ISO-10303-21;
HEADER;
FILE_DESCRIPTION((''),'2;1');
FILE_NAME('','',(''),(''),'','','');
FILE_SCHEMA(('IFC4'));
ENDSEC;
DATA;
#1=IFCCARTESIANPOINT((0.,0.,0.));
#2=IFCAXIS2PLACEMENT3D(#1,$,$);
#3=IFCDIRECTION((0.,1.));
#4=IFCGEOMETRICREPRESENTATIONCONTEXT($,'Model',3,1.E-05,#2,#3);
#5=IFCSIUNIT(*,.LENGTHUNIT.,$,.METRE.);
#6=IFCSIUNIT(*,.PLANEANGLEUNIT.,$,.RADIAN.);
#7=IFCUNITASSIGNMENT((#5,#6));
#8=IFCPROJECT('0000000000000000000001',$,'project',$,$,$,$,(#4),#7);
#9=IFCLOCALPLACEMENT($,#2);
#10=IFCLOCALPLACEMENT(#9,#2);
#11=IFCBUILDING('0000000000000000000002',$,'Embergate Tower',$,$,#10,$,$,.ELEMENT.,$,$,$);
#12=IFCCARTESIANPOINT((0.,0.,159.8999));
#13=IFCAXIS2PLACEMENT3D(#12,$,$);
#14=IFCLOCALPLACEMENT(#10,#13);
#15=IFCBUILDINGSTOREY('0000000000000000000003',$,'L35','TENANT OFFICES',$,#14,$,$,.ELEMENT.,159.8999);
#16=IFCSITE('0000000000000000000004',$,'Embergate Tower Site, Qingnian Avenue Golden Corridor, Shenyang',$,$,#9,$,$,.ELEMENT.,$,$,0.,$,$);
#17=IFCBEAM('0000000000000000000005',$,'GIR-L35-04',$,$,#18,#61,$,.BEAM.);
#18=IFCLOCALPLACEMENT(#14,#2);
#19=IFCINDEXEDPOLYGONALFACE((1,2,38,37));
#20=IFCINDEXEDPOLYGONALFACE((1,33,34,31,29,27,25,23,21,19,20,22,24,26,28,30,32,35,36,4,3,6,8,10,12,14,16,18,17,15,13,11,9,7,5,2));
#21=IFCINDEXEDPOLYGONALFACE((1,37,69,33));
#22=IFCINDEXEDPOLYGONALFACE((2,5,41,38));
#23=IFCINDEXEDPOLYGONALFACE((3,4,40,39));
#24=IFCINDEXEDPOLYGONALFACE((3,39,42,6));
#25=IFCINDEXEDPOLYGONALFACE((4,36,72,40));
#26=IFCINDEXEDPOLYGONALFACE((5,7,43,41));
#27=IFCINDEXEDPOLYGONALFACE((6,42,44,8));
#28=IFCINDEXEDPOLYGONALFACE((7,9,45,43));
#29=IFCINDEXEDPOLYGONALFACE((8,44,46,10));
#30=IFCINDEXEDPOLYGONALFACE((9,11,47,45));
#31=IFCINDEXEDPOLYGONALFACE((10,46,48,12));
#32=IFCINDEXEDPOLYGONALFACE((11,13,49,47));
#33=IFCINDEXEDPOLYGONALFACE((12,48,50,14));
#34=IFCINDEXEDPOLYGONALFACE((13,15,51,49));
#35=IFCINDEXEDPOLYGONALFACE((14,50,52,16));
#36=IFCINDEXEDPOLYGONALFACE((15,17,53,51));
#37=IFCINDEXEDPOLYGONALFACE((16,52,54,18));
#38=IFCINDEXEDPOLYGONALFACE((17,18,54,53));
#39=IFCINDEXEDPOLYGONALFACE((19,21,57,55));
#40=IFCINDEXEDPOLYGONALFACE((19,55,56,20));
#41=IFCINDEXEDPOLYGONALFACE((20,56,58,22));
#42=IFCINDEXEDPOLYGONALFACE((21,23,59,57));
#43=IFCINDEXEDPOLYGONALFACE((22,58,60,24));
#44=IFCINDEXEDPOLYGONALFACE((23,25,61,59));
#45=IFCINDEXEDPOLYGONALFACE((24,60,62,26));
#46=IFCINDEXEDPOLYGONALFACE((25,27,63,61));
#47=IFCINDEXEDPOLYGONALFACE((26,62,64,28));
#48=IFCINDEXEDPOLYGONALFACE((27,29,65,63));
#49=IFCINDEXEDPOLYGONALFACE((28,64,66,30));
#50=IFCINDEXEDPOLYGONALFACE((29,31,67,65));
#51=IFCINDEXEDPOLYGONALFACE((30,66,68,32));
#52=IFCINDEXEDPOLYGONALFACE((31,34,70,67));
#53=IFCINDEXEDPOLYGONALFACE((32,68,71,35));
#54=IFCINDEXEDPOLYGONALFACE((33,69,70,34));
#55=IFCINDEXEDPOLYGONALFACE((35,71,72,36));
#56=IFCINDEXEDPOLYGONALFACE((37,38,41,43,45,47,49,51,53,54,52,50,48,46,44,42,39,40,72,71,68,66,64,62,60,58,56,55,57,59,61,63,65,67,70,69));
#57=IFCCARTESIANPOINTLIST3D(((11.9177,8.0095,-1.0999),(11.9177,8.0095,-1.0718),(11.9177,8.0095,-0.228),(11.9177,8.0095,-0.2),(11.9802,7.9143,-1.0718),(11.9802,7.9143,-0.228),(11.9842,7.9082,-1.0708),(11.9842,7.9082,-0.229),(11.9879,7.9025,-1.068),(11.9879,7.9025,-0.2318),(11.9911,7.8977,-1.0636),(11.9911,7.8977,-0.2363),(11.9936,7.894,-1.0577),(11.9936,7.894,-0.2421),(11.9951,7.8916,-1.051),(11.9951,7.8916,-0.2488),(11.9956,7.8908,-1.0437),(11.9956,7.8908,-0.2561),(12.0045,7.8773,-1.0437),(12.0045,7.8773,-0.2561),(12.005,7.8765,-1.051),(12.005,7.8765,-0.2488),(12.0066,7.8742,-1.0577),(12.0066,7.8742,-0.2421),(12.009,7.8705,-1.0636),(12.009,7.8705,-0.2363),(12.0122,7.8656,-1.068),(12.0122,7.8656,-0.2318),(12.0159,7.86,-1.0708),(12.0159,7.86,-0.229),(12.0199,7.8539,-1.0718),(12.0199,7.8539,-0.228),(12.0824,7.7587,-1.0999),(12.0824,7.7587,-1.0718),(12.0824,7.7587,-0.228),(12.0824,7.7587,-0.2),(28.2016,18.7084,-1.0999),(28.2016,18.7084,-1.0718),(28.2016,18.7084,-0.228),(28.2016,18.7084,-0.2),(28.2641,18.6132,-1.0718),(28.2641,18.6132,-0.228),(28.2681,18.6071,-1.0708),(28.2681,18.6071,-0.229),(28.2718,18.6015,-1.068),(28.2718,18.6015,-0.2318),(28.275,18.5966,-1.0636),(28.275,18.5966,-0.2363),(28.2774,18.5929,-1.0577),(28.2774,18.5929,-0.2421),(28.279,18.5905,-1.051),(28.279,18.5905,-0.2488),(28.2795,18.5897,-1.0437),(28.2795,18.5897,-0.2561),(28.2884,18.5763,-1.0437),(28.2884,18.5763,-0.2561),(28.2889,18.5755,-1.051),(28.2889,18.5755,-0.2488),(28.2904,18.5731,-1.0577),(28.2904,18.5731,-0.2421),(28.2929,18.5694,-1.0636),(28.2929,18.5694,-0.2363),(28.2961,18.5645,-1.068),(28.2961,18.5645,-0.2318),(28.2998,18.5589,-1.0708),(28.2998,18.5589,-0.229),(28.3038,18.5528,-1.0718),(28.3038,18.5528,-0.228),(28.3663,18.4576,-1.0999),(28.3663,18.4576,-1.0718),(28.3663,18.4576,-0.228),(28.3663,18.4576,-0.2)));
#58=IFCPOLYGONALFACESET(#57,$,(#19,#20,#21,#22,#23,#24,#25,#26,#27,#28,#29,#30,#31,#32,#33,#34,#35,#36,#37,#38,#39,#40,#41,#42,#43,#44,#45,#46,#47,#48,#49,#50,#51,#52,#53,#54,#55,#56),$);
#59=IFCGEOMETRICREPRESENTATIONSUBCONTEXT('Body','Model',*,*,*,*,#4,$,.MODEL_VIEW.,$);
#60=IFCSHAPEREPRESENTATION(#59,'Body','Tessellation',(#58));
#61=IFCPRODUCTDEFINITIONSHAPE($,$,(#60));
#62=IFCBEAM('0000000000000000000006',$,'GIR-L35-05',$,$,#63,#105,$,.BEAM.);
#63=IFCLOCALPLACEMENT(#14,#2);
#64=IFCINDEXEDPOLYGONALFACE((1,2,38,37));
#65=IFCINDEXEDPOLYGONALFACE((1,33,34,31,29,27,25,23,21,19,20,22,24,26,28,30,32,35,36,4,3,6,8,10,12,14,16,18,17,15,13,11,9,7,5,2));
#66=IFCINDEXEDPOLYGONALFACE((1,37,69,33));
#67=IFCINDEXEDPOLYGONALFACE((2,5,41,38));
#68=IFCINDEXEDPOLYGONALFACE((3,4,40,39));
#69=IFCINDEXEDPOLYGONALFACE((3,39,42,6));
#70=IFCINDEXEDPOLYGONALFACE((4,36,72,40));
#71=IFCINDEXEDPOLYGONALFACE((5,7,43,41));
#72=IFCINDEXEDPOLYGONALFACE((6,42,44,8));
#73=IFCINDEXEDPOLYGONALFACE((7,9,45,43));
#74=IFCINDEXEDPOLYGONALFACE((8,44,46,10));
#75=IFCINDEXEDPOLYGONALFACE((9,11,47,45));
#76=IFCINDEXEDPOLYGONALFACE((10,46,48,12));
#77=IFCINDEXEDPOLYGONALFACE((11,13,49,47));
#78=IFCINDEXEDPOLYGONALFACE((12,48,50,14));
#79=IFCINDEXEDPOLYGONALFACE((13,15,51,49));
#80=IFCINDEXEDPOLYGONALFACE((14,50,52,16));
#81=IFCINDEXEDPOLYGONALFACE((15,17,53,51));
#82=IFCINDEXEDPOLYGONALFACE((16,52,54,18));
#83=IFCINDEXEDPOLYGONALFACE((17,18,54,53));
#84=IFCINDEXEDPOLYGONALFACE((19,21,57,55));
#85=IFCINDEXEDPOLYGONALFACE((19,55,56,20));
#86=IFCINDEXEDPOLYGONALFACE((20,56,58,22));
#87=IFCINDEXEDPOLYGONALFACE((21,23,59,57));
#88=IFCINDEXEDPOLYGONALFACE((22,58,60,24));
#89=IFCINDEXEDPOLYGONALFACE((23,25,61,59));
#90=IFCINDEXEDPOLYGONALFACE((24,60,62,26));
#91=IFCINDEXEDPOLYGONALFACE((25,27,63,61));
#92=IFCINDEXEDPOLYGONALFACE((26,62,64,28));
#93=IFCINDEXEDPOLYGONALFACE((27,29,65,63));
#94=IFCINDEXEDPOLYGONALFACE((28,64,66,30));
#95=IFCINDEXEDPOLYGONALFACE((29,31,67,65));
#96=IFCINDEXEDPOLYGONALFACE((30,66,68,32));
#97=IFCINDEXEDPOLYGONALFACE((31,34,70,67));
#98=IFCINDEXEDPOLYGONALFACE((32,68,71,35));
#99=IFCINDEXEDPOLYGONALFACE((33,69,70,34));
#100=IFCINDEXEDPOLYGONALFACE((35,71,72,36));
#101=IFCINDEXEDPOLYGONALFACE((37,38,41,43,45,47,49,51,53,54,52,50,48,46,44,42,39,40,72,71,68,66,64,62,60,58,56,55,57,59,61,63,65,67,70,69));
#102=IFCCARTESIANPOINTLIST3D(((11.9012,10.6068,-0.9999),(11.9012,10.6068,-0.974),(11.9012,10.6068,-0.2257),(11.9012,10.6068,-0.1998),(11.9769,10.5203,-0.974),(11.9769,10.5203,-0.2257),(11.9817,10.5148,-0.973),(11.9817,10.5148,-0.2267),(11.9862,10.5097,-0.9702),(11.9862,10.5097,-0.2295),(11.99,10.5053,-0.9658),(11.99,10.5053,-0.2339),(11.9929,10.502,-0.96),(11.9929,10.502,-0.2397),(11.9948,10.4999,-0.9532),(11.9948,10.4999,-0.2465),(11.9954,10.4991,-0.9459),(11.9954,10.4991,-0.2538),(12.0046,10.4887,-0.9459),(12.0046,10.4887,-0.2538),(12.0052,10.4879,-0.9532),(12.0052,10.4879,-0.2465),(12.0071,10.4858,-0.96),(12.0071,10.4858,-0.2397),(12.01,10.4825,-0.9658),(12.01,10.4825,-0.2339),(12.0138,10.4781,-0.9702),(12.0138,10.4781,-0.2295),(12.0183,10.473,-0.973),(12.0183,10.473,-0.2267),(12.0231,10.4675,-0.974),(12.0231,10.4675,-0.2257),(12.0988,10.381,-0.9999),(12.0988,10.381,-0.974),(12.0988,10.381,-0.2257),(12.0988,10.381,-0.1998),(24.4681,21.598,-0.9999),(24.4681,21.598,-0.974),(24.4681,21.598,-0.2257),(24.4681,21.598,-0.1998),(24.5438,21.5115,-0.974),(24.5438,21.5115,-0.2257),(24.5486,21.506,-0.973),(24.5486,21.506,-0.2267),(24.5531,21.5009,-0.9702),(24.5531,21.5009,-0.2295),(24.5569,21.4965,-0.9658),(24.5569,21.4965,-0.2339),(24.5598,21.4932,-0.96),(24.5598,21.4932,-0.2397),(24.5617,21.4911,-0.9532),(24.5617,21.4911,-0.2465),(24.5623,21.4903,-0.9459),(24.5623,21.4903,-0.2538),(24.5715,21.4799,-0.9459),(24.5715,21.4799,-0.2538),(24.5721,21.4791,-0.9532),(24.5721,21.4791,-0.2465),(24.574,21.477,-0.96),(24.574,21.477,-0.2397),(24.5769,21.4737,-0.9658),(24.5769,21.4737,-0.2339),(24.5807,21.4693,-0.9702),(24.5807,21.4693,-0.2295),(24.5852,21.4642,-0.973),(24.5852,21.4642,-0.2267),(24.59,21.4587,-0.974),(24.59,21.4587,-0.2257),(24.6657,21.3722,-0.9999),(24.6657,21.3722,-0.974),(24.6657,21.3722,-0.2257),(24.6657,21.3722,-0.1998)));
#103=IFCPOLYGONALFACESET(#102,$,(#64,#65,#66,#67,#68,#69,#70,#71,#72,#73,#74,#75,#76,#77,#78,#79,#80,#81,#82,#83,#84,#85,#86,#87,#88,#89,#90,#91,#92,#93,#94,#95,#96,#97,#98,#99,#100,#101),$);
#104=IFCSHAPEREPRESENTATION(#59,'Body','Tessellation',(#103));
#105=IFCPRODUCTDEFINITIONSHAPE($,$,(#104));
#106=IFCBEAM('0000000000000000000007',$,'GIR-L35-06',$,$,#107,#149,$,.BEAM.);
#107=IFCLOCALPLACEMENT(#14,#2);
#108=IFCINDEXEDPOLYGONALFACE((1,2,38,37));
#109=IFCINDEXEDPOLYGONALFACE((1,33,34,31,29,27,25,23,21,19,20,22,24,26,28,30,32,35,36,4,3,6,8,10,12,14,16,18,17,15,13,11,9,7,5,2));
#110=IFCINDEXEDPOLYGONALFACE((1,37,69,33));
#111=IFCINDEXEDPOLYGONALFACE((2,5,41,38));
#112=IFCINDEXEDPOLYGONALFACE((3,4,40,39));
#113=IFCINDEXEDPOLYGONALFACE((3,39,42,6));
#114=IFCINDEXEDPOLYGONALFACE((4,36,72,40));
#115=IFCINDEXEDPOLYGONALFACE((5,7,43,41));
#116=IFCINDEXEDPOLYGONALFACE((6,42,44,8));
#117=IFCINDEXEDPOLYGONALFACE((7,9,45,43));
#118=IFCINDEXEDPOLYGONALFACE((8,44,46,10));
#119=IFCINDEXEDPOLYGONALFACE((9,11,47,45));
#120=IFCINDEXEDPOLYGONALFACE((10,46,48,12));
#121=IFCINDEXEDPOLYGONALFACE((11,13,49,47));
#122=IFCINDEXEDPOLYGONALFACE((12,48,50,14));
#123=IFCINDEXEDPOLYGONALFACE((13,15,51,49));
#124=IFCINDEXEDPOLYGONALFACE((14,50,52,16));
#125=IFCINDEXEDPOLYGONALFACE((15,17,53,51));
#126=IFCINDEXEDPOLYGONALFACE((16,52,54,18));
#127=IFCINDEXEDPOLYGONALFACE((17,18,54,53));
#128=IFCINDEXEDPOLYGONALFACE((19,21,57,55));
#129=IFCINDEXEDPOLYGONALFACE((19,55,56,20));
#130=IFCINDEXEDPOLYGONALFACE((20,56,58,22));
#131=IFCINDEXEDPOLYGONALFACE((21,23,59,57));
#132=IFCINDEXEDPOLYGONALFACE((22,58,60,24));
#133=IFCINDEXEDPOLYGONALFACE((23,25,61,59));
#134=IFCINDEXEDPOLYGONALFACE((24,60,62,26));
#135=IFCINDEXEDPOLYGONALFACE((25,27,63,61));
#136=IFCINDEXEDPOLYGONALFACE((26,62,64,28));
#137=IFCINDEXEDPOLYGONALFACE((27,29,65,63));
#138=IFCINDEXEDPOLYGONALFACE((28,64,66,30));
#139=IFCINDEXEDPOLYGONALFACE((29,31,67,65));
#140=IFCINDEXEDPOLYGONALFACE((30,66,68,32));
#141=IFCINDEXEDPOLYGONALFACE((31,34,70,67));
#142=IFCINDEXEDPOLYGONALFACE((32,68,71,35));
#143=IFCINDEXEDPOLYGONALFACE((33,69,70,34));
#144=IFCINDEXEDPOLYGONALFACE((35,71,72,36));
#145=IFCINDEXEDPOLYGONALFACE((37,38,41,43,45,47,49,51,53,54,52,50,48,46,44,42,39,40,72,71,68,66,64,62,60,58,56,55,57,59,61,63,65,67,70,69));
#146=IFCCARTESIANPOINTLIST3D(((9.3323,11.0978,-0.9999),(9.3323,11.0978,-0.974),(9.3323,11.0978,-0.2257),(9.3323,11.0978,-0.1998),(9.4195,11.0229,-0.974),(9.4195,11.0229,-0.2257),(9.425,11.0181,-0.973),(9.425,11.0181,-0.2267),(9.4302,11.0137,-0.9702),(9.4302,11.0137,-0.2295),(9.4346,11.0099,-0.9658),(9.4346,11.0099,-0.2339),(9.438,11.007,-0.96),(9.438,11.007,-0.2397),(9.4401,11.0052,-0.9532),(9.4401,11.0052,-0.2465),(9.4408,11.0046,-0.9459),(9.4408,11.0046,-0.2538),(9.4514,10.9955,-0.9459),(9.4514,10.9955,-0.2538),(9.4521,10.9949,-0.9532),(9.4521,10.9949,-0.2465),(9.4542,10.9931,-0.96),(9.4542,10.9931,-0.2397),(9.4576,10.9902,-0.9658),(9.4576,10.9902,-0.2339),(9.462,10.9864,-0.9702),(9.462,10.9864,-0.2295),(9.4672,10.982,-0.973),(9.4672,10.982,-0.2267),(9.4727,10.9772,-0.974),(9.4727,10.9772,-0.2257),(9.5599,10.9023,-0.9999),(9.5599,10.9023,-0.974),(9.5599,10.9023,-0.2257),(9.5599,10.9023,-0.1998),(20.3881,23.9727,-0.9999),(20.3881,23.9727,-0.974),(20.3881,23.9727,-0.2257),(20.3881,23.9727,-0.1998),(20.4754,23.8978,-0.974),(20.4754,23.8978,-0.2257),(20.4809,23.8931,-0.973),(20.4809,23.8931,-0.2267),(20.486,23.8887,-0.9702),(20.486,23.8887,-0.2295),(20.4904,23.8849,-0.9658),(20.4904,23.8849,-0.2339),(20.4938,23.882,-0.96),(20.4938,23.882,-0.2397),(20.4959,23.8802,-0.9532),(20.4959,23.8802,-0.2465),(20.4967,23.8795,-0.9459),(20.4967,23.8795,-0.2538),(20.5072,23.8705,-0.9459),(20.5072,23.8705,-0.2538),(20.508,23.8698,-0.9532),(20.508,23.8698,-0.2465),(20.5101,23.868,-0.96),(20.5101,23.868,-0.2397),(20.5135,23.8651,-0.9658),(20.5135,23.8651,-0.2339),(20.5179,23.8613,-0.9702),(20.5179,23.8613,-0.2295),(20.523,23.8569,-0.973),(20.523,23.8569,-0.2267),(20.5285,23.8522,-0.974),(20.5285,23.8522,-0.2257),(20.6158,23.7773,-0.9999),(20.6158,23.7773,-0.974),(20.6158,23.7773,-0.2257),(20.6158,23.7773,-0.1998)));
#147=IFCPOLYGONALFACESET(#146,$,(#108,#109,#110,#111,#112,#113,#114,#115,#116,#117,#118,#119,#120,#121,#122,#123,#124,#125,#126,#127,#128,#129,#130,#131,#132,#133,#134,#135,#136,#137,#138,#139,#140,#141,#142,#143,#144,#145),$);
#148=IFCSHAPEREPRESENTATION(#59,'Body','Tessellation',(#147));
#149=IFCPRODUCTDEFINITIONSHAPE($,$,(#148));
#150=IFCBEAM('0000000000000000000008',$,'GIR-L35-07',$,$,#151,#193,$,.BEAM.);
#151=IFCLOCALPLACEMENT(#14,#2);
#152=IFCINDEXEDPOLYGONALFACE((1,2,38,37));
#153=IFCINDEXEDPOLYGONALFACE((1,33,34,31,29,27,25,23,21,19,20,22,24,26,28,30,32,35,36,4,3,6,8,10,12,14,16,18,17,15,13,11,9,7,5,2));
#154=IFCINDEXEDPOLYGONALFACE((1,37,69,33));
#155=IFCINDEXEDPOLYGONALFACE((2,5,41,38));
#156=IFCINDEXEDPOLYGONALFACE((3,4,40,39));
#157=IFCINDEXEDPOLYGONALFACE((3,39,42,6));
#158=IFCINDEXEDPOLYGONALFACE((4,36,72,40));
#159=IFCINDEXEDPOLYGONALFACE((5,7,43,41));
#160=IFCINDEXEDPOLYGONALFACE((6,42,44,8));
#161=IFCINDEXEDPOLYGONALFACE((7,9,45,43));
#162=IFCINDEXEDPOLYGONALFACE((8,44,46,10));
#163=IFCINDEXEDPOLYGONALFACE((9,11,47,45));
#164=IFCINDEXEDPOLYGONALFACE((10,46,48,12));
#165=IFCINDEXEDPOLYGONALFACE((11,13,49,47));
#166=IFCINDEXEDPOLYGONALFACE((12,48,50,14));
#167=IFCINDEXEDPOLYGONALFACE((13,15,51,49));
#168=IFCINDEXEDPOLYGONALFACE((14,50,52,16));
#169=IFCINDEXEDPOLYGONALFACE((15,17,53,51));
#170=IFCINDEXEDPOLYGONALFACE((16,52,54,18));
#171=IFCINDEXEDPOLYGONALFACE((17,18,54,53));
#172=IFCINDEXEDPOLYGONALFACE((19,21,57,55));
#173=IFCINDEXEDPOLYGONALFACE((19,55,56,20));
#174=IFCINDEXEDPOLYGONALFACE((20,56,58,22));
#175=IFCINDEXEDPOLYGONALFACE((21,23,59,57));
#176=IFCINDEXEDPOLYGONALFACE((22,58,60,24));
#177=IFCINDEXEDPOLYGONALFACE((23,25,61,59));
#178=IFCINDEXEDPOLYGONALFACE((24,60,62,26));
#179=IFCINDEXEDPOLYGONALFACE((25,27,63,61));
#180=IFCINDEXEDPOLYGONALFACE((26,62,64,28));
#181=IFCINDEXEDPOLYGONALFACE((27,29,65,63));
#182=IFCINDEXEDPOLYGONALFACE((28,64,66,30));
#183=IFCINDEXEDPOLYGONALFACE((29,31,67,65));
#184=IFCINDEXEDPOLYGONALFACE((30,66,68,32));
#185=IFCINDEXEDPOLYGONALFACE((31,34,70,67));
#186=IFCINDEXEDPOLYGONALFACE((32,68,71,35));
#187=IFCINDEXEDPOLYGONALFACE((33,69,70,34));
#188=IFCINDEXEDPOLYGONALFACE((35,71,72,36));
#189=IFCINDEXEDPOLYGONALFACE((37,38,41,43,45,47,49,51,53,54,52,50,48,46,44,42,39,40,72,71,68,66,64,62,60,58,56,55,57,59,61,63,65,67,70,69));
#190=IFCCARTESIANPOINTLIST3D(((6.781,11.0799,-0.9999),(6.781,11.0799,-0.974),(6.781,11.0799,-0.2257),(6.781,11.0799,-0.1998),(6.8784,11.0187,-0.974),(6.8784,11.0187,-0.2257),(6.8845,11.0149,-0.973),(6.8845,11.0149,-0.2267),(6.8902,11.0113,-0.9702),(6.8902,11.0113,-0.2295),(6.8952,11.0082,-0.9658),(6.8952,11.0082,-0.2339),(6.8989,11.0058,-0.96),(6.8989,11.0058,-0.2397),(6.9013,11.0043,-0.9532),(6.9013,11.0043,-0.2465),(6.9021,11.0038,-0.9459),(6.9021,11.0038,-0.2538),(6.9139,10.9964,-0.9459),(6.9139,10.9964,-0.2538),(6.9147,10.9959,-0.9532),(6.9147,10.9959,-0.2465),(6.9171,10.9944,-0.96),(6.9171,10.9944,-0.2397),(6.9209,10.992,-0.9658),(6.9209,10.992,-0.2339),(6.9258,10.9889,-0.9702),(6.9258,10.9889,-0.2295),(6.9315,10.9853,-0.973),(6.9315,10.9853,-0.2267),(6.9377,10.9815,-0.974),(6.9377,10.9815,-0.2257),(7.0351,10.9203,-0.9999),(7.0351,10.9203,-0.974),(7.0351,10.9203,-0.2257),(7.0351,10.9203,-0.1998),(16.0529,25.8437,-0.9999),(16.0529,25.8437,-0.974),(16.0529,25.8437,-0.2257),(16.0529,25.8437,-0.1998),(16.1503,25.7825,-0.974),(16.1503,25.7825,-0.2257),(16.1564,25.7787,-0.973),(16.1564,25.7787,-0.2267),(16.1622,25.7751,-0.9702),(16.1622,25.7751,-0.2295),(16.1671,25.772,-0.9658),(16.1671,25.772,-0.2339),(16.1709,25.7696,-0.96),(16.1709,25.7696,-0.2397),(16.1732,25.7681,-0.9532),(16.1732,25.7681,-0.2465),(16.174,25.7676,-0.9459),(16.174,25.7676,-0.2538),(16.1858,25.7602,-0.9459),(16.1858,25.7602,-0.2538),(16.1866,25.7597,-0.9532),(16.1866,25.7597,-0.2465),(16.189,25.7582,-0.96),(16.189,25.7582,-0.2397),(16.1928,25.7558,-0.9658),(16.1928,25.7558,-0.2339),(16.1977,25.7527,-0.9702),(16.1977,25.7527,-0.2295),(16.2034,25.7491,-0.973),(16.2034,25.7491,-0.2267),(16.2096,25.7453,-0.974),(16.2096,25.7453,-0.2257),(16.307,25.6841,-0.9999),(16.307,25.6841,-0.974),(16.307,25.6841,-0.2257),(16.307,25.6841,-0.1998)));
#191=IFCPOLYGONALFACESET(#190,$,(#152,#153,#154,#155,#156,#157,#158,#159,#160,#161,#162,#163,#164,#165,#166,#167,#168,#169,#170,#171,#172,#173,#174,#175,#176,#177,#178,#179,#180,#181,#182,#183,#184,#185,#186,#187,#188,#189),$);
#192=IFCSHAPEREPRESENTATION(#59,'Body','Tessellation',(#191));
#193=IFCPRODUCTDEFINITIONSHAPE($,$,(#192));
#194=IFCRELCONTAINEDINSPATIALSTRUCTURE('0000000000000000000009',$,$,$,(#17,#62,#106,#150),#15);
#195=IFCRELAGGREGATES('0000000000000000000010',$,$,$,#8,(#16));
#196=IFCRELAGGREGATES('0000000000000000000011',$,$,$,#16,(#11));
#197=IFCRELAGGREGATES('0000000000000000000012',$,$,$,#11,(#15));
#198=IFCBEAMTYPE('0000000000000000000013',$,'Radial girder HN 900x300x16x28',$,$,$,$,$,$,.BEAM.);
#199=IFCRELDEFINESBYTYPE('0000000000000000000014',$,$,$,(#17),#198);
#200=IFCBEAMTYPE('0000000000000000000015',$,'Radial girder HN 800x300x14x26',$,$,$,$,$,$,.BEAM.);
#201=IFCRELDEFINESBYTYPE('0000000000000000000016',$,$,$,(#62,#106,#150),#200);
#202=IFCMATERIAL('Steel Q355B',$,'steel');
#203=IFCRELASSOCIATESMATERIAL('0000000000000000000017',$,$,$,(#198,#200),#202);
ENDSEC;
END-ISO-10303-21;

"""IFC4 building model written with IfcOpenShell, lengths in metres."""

from ifc_helpers import new_model, si_unit, direction, frame, origin, origin_2d, place, context, subcontext, project, spatial, i_section, extrude, source, transform, mapped, material, material_profile, profile_set, type_object, element, save


model = new_model("IFC4")

# Units and contexts
model_context = context("Model", 3, precision=1e-05, world=origin(), true_north=direction((0.0, 1.0)))
body_context = subcontext(model_context, "Body", "Model", "MODEL_VIEW")
ifc_project = project(units=[si_unit("LENGTHUNIT", "METRE"), si_unit("PLANEANGLEUNIT", "RADIAN")], contexts=[model_context])

# Site, building, storey
site_placement = place(None, origin())
site = spatial("IfcSite", under=ifc_project, at=site_placement, Name="Embergate Tower Site, Qingnian Avenue Golden Corridor, Shenyang", CompositionType="ELEMENT", RefElevation=0.0)
building_placement = place(site_placement, origin())
building = spatial("IfcBuilding", under=site, at=building_placement, Name="Embergate Tower", CompositionType="ELEMENT")
storey_placement = place(building_placement, frame((0.0, 0.0, 159.8999)))
storey = spatial("IfcBuildingStorey", under=building, at=storey_placement, Name="L35", Description="TENANT OFFICES", CompositionType="ELEMENT", Elevation=159.8999)

# Beams
ifc_material_1 = material(Name="Steel Q355B", Category="steel")
ifc_material_profile_1 = material_profile(ifc_material_1, i_section(OverallWidth=0.3, OverallDepth=0.8999, WebThickness=0.0161, FlangeThickness=0.0281, FilletRadius=0.0281, at=origin_2d()), Name="HN 900x300x16x28")
ifc_profile_set_1 = profile_set([ifc_material_profile_1], Name="Steel Q355 grade B")
beam_type_1 = type_object("IfcBeamType", Name="Radial girder HN 900x300x16x28", PredefinedType="BEAM", material=ifc_profile_set_1)
shared_shape_1 = source(origin(), body_context, "Body", "SweptSolid", [
    extrude(i_section(OverallWidth=0.3, OverallDepth=0.8999, WebThickness=0.0161, FlangeThickness=0.0281, FilletRadius=0.0281, at=origin_2d()), origin(), (0.0, 0.0, 1.0), 19.4841),
])
beam_1_placement = place(storey_placement, frame((28.2839, 18.583, -0.6499), z_axis=(-0.83575, -0.54911, 0.0), x_axis=(0.54911, -0.83575, 0.0)))
element("IfcBeam", 1, at=beam_1_placement, inside=storey, type_object=beam_type_1, Name="GIR-L35-04", PredefinedType="BEAM", context=body_context, shape_type="MappedRepresentation", body=[
    mapped(shared_shape_1, transform((0.0, 0.0, 0.0))),
])
ifc_material_profile_2 = material_profile(ifc_material_1, i_section(OverallWidth=0.3, OverallDepth=0.8, WebThickness=0.0139, FlangeThickness=0.0259, FilletRadius=0.0281, at=origin_2d()), Name="HN 800x300x14x26")
ifc_profile_set_2 = profile_set([ifc_material_profile_2], Name="Steel Q355 grade B")
beam_type_2 = type_object("IfcBeamType", Name="Radial girder HN 800x300x14x26", PredefinedType="BEAM", material=ifc_profile_set_2)
shared_shape_2 = source(origin(), body_context, "Body", "SweptSolid", [
    extrude(i_section(OverallWidth=0.3, OverallDepth=0.8, WebThickness=0.0139, FlangeThickness=0.0259, FilletRadius=0.0281, at=origin_2d()), origin(), (0.0, 0.0, 1.0), 16.6953),
])
beam_2_placement = place(storey_placement, frame((24.5669, 21.4851, -0.5999), z_axis=(-0.75272, -0.658341, 0.0), x_axis=(0.658341, -0.75272, 0.0)))
element("IfcBeam", 2, at=beam_2_placement, inside=storey, type_object=beam_type_2, Name="GIR-L35-05", PredefinedType="BEAM", context=body_context, shape_type="MappedRepresentation", body=[
    mapped(shared_shape_2, transform((0.0, 0.0, 0.0))),
])
shared_shape_3 = source(origin(), body_context, "Body", "SweptSolid", [
    extrude(i_section(OverallWidth=0.3, OverallDepth=0.8, WebThickness=0.0139, FlangeThickness=0.0259, FilletRadius=0.0281, at=origin_2d()), origin(), (0.0, 0.0, 1.0), 16.9705),
])
beam_3_placement = place(storey_placement, frame((20.502, 23.875, -0.5999), z_axis=(-0.651477, -0.758668, 0.0), x_axis=(0.758668, -0.651477, 0.0)))
element("IfcBeam", 3, at=beam_3_placement, inside=storey, type_object=beam_type_2, Name="GIR-L35-06", PredefinedType="BEAM", context=body_context, shape_type="MappedRepresentation", body=[
    mapped(shared_shape_3, transform((0.0, 0.0, 0.0))),
])
shared_shape_4 = source(origin(), body_context, "Body", "SweptSolid", [
    extrude(i_section(OverallWidth=0.3, OverallDepth=0.8, WebThickness=0.0139, FlangeThickness=0.0259, FilletRadius=0.0281, at=origin_2d()), origin(), (0.0, 0.0, 1.0), 17.4338),
])
beam_4_placement = place(storey_placement, frame((16.1799, 25.7639, -0.5999), z_axis=(-0.531834, -0.846848, 0.0), x_axis=(0.846848, -0.531834, 0.0)))
element("IfcBeam", 4, at=beam_4_placement, inside=storey, type_object=beam_type_2, Name="GIR-L35-07", PredefinedType="BEAM", context=body_context, shape_type="MappedRepresentation", body=[
    mapped(shared_shape_4, transform((0.0, 0.0, 0.0))),
])

save(model, "model.ifc")
